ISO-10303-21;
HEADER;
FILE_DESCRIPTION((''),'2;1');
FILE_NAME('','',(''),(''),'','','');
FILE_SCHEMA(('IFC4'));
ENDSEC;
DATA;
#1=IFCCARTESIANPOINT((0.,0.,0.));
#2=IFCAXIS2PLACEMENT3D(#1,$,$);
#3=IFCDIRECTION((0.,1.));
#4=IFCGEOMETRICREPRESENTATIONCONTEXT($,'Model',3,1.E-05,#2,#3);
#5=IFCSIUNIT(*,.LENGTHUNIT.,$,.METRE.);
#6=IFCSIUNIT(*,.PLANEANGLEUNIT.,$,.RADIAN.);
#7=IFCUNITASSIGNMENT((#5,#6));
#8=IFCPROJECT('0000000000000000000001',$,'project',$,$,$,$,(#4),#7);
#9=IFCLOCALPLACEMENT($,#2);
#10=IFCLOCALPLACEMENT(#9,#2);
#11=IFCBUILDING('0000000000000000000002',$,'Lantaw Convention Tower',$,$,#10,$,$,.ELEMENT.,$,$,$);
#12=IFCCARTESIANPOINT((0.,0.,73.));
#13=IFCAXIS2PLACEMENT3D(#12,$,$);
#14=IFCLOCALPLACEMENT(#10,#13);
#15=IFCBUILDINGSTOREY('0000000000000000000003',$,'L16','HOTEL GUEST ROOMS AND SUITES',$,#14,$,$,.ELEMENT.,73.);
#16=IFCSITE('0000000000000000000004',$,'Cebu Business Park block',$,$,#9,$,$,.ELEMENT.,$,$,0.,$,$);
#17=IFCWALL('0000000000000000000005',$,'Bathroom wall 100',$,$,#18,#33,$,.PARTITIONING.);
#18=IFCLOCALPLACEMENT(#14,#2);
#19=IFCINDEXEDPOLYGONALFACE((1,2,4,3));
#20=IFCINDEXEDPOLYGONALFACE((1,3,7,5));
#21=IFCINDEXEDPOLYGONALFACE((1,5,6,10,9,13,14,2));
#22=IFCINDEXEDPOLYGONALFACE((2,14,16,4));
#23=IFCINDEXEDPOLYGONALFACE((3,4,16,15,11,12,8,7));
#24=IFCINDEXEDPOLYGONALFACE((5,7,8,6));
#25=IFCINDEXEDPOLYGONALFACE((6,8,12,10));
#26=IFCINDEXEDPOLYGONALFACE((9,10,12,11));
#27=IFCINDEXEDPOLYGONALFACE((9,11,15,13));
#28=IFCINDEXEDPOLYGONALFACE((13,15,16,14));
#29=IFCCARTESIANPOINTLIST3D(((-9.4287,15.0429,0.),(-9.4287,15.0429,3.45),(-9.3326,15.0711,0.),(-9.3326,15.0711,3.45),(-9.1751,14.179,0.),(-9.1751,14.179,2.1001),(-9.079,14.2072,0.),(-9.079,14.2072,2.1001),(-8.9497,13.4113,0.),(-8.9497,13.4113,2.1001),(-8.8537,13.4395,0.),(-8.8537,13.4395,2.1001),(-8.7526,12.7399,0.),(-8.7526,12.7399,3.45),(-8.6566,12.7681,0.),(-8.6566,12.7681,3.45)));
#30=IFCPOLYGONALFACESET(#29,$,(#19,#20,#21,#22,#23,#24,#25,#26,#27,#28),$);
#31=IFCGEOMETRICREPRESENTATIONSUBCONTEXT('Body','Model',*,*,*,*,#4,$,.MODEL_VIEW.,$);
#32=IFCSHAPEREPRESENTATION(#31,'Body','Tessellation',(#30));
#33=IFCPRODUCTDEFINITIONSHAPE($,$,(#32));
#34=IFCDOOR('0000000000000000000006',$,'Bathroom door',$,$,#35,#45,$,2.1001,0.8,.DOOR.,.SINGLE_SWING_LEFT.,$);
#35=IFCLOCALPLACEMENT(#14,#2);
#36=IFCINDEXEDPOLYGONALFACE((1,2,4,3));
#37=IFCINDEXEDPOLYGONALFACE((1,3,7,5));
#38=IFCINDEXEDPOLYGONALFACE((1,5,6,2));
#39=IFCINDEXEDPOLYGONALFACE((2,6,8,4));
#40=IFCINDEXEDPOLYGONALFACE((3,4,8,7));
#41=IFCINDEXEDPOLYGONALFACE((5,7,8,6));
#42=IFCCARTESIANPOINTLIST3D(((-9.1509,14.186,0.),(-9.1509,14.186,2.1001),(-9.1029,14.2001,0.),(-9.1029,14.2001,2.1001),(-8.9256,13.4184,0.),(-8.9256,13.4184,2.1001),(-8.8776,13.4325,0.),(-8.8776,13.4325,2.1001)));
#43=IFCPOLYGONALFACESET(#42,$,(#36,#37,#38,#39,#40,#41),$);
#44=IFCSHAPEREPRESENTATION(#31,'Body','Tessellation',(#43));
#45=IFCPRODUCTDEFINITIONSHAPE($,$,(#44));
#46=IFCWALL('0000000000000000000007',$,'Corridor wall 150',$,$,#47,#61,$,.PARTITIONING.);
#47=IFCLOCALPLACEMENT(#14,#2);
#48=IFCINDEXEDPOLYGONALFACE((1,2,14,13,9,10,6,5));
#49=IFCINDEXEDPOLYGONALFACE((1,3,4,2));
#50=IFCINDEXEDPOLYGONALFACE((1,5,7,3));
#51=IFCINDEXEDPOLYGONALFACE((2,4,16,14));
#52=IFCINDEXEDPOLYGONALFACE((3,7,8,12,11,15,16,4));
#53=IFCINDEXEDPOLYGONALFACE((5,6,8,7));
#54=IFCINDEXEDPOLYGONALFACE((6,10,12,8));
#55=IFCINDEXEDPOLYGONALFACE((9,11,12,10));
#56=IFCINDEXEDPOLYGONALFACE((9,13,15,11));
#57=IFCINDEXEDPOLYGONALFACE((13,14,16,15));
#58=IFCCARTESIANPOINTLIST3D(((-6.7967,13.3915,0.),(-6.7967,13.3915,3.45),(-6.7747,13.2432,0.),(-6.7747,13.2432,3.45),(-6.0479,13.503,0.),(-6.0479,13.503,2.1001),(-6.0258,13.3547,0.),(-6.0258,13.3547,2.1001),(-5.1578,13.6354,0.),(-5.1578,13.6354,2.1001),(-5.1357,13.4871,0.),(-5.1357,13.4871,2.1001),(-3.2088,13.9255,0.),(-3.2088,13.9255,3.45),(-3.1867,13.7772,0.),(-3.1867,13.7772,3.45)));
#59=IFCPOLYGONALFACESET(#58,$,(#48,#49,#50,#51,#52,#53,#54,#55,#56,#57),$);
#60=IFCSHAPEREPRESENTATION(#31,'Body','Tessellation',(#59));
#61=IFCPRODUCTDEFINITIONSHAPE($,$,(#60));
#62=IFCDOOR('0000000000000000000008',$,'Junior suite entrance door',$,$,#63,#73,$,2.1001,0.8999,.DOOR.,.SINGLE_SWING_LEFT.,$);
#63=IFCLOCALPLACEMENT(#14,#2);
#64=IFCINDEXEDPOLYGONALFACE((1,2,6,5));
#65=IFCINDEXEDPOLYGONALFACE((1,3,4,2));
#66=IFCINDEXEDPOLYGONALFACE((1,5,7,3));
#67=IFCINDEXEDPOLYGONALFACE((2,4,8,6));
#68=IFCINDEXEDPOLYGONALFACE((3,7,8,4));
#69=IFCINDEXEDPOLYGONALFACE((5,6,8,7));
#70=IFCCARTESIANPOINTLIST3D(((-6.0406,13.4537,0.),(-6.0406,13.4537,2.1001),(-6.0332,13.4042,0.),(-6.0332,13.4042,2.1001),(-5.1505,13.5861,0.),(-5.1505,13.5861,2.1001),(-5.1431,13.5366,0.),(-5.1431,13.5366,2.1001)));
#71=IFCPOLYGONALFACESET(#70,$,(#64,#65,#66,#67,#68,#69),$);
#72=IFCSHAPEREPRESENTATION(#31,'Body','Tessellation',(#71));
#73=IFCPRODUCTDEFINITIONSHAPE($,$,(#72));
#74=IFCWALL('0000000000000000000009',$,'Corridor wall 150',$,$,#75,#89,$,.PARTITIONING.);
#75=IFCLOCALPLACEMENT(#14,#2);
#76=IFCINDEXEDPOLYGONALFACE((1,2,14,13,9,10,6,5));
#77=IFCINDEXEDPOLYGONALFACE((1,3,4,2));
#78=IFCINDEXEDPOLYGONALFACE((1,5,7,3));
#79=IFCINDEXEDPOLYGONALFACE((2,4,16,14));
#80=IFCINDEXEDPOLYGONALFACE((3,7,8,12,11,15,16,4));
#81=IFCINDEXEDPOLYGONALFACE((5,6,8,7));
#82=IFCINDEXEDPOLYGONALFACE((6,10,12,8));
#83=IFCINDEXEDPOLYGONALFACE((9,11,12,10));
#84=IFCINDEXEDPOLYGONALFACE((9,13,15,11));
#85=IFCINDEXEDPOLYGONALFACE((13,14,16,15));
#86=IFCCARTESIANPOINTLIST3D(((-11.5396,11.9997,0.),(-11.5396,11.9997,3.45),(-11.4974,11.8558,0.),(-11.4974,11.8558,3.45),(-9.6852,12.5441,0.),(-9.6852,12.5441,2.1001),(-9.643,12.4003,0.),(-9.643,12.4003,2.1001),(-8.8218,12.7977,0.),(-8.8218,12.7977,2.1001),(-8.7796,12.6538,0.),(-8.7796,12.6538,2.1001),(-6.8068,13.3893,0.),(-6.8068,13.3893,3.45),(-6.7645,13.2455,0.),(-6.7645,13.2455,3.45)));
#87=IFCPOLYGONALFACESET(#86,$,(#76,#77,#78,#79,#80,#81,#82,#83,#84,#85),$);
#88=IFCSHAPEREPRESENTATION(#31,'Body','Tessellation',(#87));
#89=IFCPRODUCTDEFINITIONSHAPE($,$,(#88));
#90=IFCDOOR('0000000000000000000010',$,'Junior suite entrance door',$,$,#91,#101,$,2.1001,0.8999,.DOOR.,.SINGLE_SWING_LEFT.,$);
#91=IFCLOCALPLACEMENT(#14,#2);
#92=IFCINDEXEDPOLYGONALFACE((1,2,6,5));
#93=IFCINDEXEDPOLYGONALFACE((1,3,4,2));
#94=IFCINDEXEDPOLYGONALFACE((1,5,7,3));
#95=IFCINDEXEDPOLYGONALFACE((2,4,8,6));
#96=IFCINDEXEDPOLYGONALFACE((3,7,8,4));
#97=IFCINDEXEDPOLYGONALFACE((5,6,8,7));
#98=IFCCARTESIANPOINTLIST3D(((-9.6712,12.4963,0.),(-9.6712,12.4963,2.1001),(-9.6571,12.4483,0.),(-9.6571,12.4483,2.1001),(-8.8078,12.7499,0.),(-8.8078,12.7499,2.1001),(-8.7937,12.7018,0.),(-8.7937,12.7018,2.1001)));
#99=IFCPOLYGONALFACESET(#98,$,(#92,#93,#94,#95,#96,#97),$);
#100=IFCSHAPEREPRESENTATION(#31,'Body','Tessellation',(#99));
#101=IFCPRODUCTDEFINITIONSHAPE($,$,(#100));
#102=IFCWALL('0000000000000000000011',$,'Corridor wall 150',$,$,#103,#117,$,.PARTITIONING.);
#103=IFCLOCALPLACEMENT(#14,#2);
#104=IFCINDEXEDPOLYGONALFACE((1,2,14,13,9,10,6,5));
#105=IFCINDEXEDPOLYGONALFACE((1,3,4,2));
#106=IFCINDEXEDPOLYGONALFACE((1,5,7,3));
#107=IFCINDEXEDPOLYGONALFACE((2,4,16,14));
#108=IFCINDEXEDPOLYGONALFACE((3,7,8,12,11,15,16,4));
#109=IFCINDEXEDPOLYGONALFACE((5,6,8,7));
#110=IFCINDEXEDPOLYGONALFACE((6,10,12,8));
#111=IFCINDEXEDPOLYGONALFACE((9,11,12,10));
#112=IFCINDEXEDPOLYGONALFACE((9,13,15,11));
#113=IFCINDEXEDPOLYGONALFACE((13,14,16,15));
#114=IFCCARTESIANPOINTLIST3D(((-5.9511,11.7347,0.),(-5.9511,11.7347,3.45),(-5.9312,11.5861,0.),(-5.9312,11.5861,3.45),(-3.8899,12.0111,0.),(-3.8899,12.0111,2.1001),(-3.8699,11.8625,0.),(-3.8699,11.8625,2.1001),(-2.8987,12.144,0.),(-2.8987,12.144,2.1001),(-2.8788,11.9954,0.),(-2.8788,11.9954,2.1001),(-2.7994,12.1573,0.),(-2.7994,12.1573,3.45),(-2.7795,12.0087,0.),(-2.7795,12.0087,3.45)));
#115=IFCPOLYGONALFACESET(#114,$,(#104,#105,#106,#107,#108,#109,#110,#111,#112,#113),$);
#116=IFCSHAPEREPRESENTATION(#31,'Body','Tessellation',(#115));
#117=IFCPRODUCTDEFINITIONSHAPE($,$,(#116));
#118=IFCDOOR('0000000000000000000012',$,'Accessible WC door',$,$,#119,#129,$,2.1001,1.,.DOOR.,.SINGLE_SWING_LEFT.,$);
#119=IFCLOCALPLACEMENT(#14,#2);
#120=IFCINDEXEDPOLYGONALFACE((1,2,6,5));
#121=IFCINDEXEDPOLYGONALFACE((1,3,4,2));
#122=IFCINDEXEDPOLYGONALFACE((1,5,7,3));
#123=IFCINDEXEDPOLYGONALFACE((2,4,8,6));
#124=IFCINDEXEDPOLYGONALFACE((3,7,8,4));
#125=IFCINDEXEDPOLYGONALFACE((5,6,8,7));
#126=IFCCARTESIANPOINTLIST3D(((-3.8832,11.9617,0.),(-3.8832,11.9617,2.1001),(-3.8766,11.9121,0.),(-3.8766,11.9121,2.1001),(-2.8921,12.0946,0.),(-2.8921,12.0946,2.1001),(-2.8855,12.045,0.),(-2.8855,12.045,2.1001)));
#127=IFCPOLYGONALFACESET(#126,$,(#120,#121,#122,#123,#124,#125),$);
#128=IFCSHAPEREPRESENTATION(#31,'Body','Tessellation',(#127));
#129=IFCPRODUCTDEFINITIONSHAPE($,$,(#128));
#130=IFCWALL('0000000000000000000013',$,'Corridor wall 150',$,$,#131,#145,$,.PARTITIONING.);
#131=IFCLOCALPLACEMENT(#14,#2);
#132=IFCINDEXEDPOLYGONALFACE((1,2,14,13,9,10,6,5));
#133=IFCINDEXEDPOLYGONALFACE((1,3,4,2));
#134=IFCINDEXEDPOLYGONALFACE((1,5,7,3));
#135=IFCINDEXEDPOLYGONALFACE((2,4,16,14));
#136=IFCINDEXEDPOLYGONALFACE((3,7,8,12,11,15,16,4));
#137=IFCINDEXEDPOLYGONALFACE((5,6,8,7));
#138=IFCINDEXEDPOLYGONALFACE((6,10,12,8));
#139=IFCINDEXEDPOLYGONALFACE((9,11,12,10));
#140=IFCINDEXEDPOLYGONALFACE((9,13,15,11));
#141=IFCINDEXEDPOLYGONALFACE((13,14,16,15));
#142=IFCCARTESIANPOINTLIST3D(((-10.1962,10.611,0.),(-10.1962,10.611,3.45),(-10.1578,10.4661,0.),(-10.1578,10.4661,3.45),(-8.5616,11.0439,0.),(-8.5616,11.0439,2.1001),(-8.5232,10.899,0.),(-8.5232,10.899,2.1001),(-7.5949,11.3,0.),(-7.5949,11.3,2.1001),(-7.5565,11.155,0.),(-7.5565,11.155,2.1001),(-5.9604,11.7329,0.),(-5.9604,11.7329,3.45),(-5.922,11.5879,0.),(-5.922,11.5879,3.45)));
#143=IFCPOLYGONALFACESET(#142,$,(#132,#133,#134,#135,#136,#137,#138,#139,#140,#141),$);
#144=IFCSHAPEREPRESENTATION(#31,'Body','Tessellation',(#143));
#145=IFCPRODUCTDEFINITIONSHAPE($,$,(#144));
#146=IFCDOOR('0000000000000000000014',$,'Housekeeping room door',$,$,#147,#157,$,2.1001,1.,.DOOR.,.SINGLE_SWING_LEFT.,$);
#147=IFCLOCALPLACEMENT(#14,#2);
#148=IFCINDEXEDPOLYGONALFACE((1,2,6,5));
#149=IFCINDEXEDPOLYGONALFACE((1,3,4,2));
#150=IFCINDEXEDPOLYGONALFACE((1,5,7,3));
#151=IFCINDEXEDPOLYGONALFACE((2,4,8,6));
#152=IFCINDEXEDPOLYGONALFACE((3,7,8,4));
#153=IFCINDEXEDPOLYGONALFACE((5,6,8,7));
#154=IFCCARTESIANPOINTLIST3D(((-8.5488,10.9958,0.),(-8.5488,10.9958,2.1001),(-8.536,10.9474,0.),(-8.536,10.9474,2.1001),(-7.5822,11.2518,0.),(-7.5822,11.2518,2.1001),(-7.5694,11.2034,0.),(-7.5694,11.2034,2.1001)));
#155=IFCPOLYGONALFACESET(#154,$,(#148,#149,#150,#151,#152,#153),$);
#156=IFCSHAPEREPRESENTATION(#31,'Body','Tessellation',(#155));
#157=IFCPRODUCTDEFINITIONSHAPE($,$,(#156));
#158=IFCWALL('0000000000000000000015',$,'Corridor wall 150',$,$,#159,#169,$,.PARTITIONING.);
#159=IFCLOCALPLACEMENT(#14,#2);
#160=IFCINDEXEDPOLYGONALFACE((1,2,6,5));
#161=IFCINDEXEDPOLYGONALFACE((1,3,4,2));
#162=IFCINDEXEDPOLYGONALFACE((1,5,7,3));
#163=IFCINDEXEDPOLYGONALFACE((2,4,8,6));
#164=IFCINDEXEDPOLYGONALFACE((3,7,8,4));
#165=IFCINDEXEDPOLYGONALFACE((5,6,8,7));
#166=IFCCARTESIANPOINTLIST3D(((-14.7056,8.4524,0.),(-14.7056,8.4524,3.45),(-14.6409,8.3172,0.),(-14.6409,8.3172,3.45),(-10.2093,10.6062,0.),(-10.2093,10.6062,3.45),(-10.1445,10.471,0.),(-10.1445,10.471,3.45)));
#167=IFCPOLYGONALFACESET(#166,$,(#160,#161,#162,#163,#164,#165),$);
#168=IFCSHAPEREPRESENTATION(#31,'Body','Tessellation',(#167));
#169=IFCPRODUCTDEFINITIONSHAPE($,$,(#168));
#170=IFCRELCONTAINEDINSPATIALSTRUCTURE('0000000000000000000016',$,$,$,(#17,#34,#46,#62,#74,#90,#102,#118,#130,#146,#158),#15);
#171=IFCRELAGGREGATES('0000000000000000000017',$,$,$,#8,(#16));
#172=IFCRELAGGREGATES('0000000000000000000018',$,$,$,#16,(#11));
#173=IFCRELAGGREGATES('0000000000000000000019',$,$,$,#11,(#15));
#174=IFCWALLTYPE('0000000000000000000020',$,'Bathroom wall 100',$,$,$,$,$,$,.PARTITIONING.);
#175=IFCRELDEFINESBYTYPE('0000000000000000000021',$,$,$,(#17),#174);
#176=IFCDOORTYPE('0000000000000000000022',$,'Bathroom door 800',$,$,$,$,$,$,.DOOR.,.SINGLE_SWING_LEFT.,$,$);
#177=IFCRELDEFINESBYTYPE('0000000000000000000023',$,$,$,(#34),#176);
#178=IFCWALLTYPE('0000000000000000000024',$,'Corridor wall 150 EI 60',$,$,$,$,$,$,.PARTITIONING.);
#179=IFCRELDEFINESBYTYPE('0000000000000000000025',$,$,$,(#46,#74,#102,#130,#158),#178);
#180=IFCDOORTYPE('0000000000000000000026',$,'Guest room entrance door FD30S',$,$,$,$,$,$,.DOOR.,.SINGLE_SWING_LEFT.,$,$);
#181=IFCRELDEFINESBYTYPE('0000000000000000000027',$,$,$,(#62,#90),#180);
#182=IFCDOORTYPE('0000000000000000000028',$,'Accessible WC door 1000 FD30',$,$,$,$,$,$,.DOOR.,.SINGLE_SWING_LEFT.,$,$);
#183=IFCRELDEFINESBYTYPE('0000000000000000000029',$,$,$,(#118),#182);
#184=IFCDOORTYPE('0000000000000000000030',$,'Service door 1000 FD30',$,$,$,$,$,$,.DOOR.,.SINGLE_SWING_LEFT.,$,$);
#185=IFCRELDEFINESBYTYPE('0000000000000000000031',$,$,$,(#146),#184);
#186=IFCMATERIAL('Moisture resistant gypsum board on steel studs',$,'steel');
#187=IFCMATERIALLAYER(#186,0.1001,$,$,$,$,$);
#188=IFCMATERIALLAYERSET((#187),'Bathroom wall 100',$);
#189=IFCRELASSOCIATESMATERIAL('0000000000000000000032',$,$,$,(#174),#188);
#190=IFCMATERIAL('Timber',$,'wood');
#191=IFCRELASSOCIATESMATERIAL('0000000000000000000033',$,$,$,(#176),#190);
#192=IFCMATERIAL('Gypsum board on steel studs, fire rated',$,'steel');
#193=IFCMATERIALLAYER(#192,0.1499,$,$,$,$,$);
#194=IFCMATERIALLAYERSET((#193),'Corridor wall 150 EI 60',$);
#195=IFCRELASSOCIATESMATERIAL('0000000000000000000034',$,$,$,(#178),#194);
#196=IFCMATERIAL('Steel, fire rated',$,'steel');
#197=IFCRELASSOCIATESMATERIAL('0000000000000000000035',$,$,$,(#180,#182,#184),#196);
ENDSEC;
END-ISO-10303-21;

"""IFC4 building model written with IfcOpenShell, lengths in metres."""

from ifc_helpers import new_model, si_unit, direction, frame, frame_2d, origin, place, context, subcontext, project, spatial, rectangle, extrude, material, layer, layer_set, type_object, element, fill, save


model = new_model("IFC4")

# Units and contexts
model_context = context("Model", 3, precision=1e-05, world=origin(), true_north=direction((0.0, 1.0)))
body_context = subcontext(model_context, "Body", "Model", "MODEL_VIEW")
ifc_project = project(units=[si_unit("LENGTHUNIT", "METRE"), si_unit("PLANEANGLEUNIT", "RADIAN")], contexts=[model_context])

# Site, building, storey
site_placement = place(None, origin())
site = spatial("IfcSite", under=ifc_project, at=site_placement, Name="Cebu Business Park block", CompositionType="ELEMENT", RefElevation=0.0)
building_placement = place(site_placement, origin())
building = spatial("IfcBuilding", under=site, at=building_placement, Name="Lantaw Convention Tower", CompositionType="ELEMENT")
storey_placement = place(building_placement, frame((0.0, 0.0, 73.0)))
storey = spatial("IfcBuildingStorey", under=building, at=storey_placement, Name="L16", Description="HOTEL GUEST ROOMS AND SUITES", CompositionType="ELEMENT", Elevation=73.0)

# Walls, openings, doors
ifc_material_1 = material(Name="Moisture resistant gypsum board on steel studs", Category="steel")
ifc_layer_1 = layer(ifc_material_1, 0.1001)
ifc_layer_set_1 = layer_set([ifc_layer_1], Name="Bathroom wall 100")
wall_type_1 = type_object("IfcWallType", Name="Bathroom wall 100", PredefinedType="PARTITIONING", material=ifc_layer_set_1)
wall_1_placement = place(storey_placement, frame((-8.7046, 12.7539, 0.0), z_axis=(0.0, 0.0, 1.0), x_axis=(-0.28166, 0.959514, 0.0)))
wall_1 = element("IfcWall", 1, at=wall_1_placement, inside=storey, type_object=wall_type_1, Name="Bathroom wall 100", PredefinedType="PARTITIONING", context=body_context, shape_type="SweptSolid", body=[
    extrude(rectangle(XDim=2.4001, YDim=0.1001, at=frame_2d((1.2002, 0.0))), origin(), (0.0, 0.0, 1.0), 3.45),
])
opening_1_placement = place(wall_1_placement, frame((0.7, 0.0, 0.0)))
opening_1 = element("IfcOpeningElement", 2, at=opening_1_placement, cuts=wall_1, PredefinedType="OPENING", context=body_context, shape_type="SweptSolid", body=[
    extrude(rectangle(XDim=0.8, YDim=2.1001, at=frame_2d((0.3999, 1.05))), frame((0.0, 0.0601, 0.0), z_axis=(0.0, -1.0, 0.0), x_axis=(1.0, 0.0, 0.0)), (0.0, 0.0, 1.0), 0.1201),
])
ifc_material_2 = material(Name="Timber", Category="wood")
door_type_1 = type_object("IfcDoorType", Name="Bathroom door 800", OperationType="SINGLE_SWING_LEFT", PredefinedType="DOOR", material=ifc_material_2)
door_1_placement = place(opening_1_placement, origin())
door_1 = element("IfcDoor", 3, at=door_1_placement, inside=storey, type_object=door_type_1, Name="Bathroom door", OperationType="SINGLE_SWING_LEFT", OverallHeight=2.1001, OverallWidth=0.8, PredefinedType="DOOR", context=body_context, shape_type="SweptSolid", body=[
    extrude(rectangle(XDim=0.8, YDim=2.1001, at=frame_2d((0.3999, 1.05))), frame((0.0, 0.0249, 0.0), z_axis=(0.0, -1.0, 0.0), x_axis=(1.0, 0.0, 0.0)), (0.0, 0.0, 1.0), 0.05),
])
fill(opening_1, door_1)
ifc_material_3 = material(Name="Gypsum board on steel studs, fire rated", Category="steel")
ifc_layer_2 = layer(ifc_material_3, 0.1499)
ifc_layer_set_2 = layer_set([ifc_layer_2], Name="Corridor wall 150 EI 60")
wall_type_2 = type_object("IfcWallType", Name="Corridor wall 150 EI 60", PredefinedType="PARTITIONING", material=ifc_layer_set_2)
wall_2_placement = place(storey_placement, frame((-3.1978, 13.8513, 0.0), z_axis=(0.0, 0.0, 1.0), x_axis=(-0.989107, -0.147195, 0.0)))
wall_2 = element("IfcWall", 4, at=wall_2_placement, inside=storey, type_object=wall_type_2, Name="Corridor wall 150", PredefinedType="PARTITIONING", context=body_context, shape_type="SweptSolid", body=[
    extrude(rectangle(XDim=3.6274, YDim=0.1499, at=frame_2d((1.8137, 0.0))), origin(), (0.0, 0.0, 1.0), 3.45),
])
opening_2_placement = place(wall_2_placement, frame((1.9705, 0.0, 0.0)))
opening_2 = element("IfcOpeningElement", 5, at=opening_2_placement, cuts=wall_2, PredefinedType="OPENING", context=body_context, shape_type="SweptSolid", body=[
    extrude(rectangle(XDim=0.8999, YDim=2.1001, at=frame_2d((0.45, 1.05))), frame((0.0, 0.085, 0.0), z_axis=(0.0, -1.0, 0.0), x_axis=(1.0, 0.0, 0.0)), (0.0, 0.0, 1.0), 0.1699),
])
ifc_material_4 = material(Name="Steel, fire rated", Category="steel")
door_type_2 = type_object("IfcDoorType", Name="Guest room entrance door FD30S", OperationType="SINGLE_SWING_LEFT", PredefinedType="DOOR", material=ifc_material_4)
door_2_placement = place(opening_2_placement, origin())
door_2 = element("IfcDoor", 6, at=door_2_placement, inside=storey, type_object=door_type_2, Name="Junior suite entrance door", OperationType="SINGLE_SWING_LEFT", OverallHeight=2.1001, OverallWidth=0.8999, PredefinedType="DOOR", context=body_context, shape_type="SweptSolid", body=[
    extrude(rectangle(XDim=0.8999, YDim=2.1001, at=frame_2d((0.45, 1.05))), frame((0.0, 0.0249, 0.0), z_axis=(0.0, -1.0, 0.0), x_axis=(1.0, 0.0, 0.0)), (0.0, 0.0, 1.0), 0.05),
])
fill(opening_2, door_2)
wall_3_placement = place(storey_placement, frame((-6.7856, 13.3174, 0.0), z_axis=(0.0, 0.0, 1.0), x_axis=(-0.959496, -0.281721, 0.0)))
wall_3 = element("IfcWall", 7, at=wall_3_placement, inside=storey, type_object=wall_type_2, Name="Corridor wall 150", PredefinedType="PARTITIONING", context=body_context, shape_type="SweptSolid", body=[
    extrude(rectangle(XDim=4.9326, YDim=0.1499, at=frame_2d((2.4663, 0.0))), origin(), (0.0, 0.0, 1.0), 3.45),
])
opening_3_placement = place(wall_3_placement, frame((2.1001, 0.0, 0.0)))
opening_3 = element("IfcOpeningElement", 8, at=opening_3_placement, cuts=wall_3, PredefinedType="OPENING", context=body_context, shape_type="SweptSolid", body=[
    extrude(rectangle(XDim=0.8999, YDim=2.1001, at=frame_2d((0.45, 1.05))), frame((0.0, 0.085, 0.0), z_axis=(0.0, -1.0, 0.0), x_axis=(1.0, 0.0, 0.0)), (0.0, 0.0, 1.0), 0.1699),
])
door_3_placement = place(opening_3_placement, origin())
door_3 = element("IfcDoor", 9, at=door_3_placement, inside=storey, type_object=door_type_2, Name="Junior suite entrance door", OperationType="SINGLE_SWING_LEFT", OverallHeight=2.1001, OverallWidth=0.8999, PredefinedType="DOOR", context=body_context, shape_type="SweptSolid", body=[
    extrude(rectangle(XDim=0.8999, YDim=2.1001, at=frame_2d((0.45, 1.05))), frame((0.0, 0.0249, 0.0), z_axis=(0.0, -1.0, 0.0), x_axis=(1.0, 0.0, 0.0)), (0.0, 0.0, 1.0), 0.05),
])
fill(opening_3, door_3)
wall_4_placement = place(storey_placement, frame((-2.7896, 12.083, 0.0), z_axis=(0.0, 0.0, 1.0), x_axis=(-0.991129, -0.132903, 0.0)))
wall_4 = element("IfcWall", 10, at=wall_4_placement, inside=storey, type_object=wall_type_2, Name="Corridor wall 150", PredefinedType="PARTITIONING", context=body_context, shape_type="SweptSolid", body=[
    extrude(rectangle(XDim=3.1799, YDim=0.1499, at=frame_2d((1.5898, 0.0))), origin(), (0.0, 0.0, 1.0), 3.45),
])
opening_4_placement = place(wall_4_placement, frame((0.1001, 0.0, 0.0)))
opening_4 = element("IfcOpeningElement", 11, at=opening_4_placement, cuts=wall_4, PredefinedType="OPENING", context=body_context, shape_type="SweptSolid", body=[
    extrude(rectangle(XDim=1.0, YDim=2.1001, at=frame_2d((0.5, 1.05))), frame((0.0, 0.085, 0.0), z_axis=(0.0, -1.0, 0.0), x_axis=(1.0, 0.0, 0.0)), (0.0, 0.0, 1.0), 0.1699),
])
door_type_3 = type_object("IfcDoorType", Name="Accessible WC door 1000 FD30", OperationType="SINGLE_SWING_LEFT", PredefinedType="DOOR", material=ifc_material_4)
door_4_placement = place(opening_4_placement, origin())
door_4 = element("IfcDoor", 12, at=door_4_placement, inside=storey, type_object=door_type_3, Name="Accessible WC door", OperationType="SINGLE_SWING_LEFT", OverallHeight=2.1001, OverallWidth=1.0, PredefinedType="DOOR", context=body_context, shape_type="SweptSolid", body=[
    extrude(rectangle(XDim=1.0, YDim=2.1001, at=frame_2d((0.5, 1.05))), frame((0.0, 0.0249, 0.0), z_axis=(0.0, -1.0, 0.0), x_axis=(1.0, 0.0, 0.0)), (0.0, 0.0, 1.0), 0.05),
])
fill(opening_4, door_4)
wall_5_placement = place(storey_placement, frame((-5.9412, 11.6604, 0.0), z_axis=(0.0, 0.0, 1.0), x_axis=(-0.966673, -0.256015, 0.0)))
wall_5 = element("IfcWall", 13, at=wall_5_placement, inside=storey, type_object=wall_type_2, Name="Corridor wall 150", PredefinedType="PARTITIONING", context=body_context, shape_type="SweptSolid", body=[
    extrude(rectangle(XDim=4.3818, YDim=0.1499, at=frame_2d((2.1909, 0.0))), origin(), (0.0, 0.0, 1.0), 3.45),
])
opening_5_placement = place(wall_5_placement, frame((1.6909, 0.0, 0.0)))
opening_5 = element("IfcOpeningElement", 14, at=opening_5_placement, cuts=wall_5, PredefinedType="OPENING", context=body_context, shape_type="SweptSolid", body=[
    extrude(rectangle(XDim=1.0, YDim=2.1001, at=frame_2d((0.5, 1.05))), frame((0.0, 0.085, 0.0), z_axis=(0.0, -1.0, 0.0), x_axis=(1.0, 0.0, 0.0)), (0.0, 0.0, 1.0), 0.1699),
])
door_type_4 = type_object("IfcDoorType", Name="Service door 1000 FD30", OperationType="SINGLE_SWING_LEFT", PredefinedType="DOOR", material=ifc_material_4)
door_5_placement = place(opening_5_placement, origin())
door_5 = element("IfcDoor", 15, at=door_5_placement, inside=storey, type_object=door_type_4, Name="Housekeeping room door", OperationType="SINGLE_SWING_LEFT", OverallHeight=2.1001, OverallWidth=1.0, PredefinedType="DOOR", context=body_context, shape_type="SweptSolid", body=[
    extrude(rectangle(XDim=1.0, YDim=2.1001, at=frame_2d((0.5, 1.05))), frame((0.0, 0.0249, 0.0), z_axis=(0.0, -1.0, 0.0), x_axis=(1.0, 0.0, 0.0)), (0.0, 0.0, 1.0), 0.05),
])
fill(opening_5, door_5)

# Wall
wall_6_placement = place(storey_placement, frame((-10.177, 10.5386, 0.0), z_axis=(0.0, 0.0, 1.0), x_axis=(-0.90187, -0.432008, 0.0)))
element("IfcWall", 16, at=wall_6_placement, inside=storey, type_object=wall_type_2, Name="Corridor wall 150", PredefinedType="PARTITIONING", context=body_context, shape_type="SweptSolid", body=[
    extrude(rectangle(XDim=4.9856, YDim=0.1499, at=frame_2d((2.4927, 0.0))), origin(), (0.0, 0.0, 1.0), 3.45),
])

save(model, "model.ifc")
